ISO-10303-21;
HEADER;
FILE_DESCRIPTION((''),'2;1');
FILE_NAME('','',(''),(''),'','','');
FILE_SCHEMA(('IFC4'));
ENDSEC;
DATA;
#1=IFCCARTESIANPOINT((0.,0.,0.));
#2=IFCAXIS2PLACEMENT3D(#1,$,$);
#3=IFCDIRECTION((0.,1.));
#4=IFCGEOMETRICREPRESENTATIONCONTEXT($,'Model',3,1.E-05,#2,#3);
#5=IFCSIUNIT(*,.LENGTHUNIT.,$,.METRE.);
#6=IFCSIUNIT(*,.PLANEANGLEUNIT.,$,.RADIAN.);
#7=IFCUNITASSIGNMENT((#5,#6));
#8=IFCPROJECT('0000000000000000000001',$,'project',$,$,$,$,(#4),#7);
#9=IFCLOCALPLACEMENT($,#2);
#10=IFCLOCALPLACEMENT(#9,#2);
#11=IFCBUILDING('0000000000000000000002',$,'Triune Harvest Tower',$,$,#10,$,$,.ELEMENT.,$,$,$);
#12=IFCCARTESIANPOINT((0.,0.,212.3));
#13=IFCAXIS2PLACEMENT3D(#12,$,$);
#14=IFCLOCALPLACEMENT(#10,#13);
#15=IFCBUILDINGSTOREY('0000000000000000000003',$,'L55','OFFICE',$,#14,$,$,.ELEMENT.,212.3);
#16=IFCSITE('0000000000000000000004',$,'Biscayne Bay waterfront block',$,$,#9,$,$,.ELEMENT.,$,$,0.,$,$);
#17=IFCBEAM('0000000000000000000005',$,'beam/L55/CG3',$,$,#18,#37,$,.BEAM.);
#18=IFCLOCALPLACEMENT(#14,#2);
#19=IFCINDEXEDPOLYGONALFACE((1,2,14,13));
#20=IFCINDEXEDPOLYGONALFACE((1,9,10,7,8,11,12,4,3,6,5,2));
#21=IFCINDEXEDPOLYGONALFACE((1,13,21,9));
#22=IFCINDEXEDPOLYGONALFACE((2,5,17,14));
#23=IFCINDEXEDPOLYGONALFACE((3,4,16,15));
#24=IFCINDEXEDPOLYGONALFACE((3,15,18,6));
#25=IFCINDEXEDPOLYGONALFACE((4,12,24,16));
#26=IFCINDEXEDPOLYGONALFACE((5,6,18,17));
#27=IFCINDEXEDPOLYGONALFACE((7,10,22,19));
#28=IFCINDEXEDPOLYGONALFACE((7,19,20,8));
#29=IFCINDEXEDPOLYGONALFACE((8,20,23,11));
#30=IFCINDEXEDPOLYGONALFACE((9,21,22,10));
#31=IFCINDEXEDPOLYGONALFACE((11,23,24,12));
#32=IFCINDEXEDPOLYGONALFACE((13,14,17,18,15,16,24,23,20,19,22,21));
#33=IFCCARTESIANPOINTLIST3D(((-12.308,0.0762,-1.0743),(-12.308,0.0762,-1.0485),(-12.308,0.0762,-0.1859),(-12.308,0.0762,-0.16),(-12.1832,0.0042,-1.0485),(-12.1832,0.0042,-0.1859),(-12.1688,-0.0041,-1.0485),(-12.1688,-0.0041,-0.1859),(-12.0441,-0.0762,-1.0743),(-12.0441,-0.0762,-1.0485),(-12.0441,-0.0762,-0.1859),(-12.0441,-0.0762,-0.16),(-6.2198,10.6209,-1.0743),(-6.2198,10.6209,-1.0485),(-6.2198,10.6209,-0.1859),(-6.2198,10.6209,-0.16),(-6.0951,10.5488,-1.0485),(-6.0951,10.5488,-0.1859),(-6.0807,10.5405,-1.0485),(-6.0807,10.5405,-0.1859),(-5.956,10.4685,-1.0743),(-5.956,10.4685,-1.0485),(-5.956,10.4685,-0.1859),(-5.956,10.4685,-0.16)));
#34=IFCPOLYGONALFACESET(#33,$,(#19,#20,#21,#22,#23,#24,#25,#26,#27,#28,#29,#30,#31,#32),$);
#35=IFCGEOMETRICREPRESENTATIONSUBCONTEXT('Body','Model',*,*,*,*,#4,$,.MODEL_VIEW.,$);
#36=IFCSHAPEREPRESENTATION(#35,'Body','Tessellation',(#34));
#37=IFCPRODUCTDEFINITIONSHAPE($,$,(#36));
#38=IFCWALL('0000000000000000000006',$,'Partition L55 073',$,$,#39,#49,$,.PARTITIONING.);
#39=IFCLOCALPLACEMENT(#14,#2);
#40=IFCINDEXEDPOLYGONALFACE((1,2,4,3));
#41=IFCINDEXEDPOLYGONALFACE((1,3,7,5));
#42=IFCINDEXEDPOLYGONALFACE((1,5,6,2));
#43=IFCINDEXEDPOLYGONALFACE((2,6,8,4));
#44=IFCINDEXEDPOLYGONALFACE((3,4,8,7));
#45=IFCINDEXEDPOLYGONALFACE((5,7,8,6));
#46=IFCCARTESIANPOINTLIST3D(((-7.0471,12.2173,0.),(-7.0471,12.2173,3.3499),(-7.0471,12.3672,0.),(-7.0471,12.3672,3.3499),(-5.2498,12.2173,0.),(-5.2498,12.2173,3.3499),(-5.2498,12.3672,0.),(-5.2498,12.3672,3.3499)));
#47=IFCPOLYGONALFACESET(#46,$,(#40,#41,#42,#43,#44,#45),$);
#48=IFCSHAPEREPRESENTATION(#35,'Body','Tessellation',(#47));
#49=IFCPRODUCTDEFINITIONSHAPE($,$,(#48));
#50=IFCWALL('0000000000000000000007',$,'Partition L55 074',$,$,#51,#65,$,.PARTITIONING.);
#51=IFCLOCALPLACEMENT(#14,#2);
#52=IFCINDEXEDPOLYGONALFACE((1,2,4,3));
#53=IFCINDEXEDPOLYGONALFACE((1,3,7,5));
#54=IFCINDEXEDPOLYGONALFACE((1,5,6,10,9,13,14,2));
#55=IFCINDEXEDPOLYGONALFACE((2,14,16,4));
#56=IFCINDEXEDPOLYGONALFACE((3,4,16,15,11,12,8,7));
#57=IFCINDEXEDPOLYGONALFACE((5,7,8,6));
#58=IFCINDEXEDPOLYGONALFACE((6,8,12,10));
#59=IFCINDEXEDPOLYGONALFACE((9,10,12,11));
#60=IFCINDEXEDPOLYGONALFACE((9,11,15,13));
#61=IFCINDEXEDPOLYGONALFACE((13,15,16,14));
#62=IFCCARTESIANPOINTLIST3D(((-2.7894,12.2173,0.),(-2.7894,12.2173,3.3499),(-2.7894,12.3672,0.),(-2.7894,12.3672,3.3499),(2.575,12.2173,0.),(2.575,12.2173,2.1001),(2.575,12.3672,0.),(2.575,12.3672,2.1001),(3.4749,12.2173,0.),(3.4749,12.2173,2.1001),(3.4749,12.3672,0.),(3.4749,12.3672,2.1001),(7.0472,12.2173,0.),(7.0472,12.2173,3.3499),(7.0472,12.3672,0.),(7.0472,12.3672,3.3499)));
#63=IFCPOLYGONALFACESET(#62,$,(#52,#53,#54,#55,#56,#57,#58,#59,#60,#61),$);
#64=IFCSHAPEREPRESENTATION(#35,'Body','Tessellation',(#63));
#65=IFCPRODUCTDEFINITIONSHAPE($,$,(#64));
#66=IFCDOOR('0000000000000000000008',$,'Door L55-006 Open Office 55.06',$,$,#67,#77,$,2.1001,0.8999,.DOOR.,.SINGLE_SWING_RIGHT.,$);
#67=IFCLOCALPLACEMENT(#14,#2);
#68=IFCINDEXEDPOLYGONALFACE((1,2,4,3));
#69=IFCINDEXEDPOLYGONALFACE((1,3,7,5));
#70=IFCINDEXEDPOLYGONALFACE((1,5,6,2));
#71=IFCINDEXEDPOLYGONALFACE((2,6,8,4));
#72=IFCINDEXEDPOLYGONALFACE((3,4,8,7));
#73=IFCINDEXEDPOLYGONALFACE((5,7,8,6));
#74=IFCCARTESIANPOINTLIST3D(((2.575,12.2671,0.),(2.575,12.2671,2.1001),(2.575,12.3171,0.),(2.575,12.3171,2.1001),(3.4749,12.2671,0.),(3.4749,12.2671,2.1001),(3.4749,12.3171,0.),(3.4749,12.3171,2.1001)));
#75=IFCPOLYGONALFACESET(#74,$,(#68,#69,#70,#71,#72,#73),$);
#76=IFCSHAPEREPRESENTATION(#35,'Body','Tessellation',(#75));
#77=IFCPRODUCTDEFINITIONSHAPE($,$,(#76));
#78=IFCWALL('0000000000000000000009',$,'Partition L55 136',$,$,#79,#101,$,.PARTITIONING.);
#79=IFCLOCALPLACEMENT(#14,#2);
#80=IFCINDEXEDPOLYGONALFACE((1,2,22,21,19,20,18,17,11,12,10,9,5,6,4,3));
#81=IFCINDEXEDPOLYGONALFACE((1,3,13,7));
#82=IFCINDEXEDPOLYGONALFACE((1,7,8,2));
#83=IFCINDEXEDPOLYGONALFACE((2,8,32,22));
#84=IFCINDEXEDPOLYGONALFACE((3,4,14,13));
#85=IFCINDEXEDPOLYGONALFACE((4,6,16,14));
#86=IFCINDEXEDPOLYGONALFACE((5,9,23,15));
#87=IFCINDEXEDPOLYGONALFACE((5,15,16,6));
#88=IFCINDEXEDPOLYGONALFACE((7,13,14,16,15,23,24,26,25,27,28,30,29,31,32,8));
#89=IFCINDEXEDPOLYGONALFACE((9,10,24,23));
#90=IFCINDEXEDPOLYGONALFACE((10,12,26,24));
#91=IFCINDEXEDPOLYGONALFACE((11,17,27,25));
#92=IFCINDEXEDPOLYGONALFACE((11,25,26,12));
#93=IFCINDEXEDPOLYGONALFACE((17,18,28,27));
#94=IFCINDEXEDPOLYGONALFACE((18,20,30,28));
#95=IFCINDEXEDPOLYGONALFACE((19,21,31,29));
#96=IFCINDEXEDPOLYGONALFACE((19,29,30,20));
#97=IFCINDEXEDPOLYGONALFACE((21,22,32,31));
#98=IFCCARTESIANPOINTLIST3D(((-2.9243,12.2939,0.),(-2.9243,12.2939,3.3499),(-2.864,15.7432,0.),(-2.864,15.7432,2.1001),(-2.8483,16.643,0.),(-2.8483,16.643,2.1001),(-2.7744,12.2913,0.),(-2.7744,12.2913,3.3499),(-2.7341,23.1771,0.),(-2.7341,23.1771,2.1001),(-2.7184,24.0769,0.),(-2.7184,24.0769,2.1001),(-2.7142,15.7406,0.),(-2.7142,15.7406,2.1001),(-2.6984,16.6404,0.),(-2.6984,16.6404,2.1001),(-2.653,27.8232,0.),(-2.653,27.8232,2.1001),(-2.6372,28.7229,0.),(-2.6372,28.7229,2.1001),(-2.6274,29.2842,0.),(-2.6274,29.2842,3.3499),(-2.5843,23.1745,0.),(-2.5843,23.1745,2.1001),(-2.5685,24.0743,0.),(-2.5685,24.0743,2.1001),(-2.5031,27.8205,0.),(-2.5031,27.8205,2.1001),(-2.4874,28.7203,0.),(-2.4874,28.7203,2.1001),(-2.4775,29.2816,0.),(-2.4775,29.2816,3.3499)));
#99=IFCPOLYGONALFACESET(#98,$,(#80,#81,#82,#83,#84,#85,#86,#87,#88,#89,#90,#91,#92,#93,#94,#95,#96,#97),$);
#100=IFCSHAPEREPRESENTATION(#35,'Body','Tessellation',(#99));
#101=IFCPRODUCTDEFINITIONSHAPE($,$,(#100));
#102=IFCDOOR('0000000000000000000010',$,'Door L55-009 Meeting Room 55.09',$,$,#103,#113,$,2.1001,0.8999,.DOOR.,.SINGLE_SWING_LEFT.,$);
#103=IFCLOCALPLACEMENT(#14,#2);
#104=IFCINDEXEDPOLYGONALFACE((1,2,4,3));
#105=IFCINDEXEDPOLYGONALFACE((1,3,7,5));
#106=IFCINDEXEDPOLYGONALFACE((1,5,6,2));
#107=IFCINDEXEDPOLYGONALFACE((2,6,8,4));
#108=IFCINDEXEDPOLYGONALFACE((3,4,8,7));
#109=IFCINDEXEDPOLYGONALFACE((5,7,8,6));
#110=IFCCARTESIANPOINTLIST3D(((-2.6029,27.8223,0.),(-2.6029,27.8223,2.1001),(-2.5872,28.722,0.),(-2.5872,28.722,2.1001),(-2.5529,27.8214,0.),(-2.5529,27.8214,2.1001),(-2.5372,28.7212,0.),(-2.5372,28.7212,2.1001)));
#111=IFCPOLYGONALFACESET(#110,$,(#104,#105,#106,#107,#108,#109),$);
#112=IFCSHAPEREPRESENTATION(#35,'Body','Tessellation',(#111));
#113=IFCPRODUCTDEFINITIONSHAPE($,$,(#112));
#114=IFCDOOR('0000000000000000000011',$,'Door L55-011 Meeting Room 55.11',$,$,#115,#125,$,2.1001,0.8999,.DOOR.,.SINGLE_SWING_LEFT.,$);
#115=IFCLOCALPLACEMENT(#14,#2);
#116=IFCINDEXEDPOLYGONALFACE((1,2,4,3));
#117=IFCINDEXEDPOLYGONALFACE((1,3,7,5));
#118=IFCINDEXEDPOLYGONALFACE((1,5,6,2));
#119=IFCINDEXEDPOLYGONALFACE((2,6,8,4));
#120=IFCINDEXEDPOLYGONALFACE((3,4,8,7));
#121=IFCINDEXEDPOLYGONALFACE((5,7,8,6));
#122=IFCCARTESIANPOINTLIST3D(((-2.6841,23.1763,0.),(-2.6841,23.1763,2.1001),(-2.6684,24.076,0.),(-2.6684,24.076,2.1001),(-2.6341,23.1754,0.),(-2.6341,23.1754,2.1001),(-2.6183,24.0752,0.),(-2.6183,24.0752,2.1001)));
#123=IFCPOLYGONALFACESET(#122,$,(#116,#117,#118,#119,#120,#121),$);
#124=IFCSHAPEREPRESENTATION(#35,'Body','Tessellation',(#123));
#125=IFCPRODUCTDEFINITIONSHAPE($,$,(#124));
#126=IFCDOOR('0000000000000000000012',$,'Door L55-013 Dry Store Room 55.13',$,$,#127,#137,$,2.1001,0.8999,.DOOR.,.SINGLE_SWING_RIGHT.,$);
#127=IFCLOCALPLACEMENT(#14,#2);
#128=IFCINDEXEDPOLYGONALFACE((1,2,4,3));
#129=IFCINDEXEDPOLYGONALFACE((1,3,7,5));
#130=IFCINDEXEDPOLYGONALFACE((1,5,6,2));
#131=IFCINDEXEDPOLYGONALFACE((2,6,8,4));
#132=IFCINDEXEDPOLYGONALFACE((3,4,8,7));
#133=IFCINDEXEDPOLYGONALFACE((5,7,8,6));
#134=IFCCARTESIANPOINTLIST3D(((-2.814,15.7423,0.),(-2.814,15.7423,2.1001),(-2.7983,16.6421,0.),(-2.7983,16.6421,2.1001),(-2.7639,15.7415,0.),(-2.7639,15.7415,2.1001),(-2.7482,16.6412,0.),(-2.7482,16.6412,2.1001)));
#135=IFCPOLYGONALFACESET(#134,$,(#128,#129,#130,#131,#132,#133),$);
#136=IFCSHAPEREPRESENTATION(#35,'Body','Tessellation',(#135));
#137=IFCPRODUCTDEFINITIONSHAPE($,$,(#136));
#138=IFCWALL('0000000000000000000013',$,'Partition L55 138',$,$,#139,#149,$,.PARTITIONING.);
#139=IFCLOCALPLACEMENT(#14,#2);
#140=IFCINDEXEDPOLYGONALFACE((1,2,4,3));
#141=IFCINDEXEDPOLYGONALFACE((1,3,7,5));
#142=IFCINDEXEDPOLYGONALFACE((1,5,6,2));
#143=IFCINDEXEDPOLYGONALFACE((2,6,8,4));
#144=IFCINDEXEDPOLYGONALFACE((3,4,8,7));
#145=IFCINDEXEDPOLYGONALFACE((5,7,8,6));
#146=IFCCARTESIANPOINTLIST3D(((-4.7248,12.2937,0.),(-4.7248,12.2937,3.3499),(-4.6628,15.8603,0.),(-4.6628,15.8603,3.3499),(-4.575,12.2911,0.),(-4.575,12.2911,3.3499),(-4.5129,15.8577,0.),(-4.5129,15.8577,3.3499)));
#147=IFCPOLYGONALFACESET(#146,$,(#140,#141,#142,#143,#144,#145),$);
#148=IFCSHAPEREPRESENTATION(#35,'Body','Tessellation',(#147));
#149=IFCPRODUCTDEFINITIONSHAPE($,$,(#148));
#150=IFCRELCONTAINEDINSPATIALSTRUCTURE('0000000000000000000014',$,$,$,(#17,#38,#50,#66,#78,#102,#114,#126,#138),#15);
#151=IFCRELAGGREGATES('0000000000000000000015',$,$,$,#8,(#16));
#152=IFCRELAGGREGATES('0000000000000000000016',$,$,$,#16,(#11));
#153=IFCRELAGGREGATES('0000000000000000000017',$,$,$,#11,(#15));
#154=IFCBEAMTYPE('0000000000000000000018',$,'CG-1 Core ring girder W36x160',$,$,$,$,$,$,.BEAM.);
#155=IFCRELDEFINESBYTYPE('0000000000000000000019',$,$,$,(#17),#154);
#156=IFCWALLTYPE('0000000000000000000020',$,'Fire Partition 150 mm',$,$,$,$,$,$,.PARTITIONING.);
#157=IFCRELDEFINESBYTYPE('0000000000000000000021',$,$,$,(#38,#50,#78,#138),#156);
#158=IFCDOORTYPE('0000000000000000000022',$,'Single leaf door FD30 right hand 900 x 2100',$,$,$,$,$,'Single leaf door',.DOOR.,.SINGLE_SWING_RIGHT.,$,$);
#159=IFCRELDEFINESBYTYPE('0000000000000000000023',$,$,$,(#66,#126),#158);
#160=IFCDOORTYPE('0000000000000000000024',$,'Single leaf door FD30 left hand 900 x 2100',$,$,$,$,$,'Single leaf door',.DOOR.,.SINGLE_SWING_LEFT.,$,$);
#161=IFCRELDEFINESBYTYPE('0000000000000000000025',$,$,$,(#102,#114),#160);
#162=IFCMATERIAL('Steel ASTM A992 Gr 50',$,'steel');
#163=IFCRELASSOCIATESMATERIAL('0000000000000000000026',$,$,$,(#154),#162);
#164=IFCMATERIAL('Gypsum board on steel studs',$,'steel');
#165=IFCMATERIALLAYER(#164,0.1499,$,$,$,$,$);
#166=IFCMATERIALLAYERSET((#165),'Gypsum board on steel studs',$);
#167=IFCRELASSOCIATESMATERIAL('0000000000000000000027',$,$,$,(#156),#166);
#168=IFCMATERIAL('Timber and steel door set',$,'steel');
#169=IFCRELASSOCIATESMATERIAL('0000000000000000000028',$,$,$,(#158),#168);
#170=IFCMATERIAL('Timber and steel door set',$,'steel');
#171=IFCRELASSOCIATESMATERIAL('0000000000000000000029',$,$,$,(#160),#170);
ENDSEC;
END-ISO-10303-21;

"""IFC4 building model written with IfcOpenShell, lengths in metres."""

from ifc_helpers import new_model, si_unit, direction, frame, frame_2d, origin, origin_2d, place, context, subcontext, project, spatial, rectangle, i_section, extrude, source, transform, mapped, material, layer, layer_set, material_profile, profile_set, type_object, element, fill, save


model = new_model("IFC4")

# Units and contexts
model_context = context("Model", 3, precision=1e-05, world=origin(), true_north=direction((0.0, 1.0)))
body_context = subcontext(model_context, "Body", "Model", "MODEL_VIEW")
ifc_project = project(units=[si_unit("LENGTHUNIT", "METRE"), si_unit("PLANEANGLEUNIT", "RADIAN")], contexts=[model_context])

# Site, building, storey
site_placement = place(None, origin())
site = spatial("IfcSite", under=ifc_project, at=site_placement, Name="Biscayne Bay waterfront block", CompositionType="ELEMENT", RefElevation=0.0)
building_placement = place(site_placement, origin())
building = spatial("IfcBuilding", under=site, at=building_placement, Name="Triune Harvest Tower", CompositionType="ELEMENT")
storey_placement = place(building_placement, frame((0.0, 0.0, 212.3)))
storey = spatial("IfcBuildingStorey", under=building, at=storey_placement, Name="L55", Description="OFFICE", CompositionType="ELEMENT", Elevation=212.3)

# Beam
ifc_material_1 = material(Name="Steel ASTM A992 Gr 50", Category="steel")
ifc_material_profile = material_profile(ifc_material_1, i_section(OverallWidth=0.3047, OverallDepth=0.9143, WebThickness=0.0166, FlangeThickness=0.0259, at=origin_2d()), Name="W36x160")
ifc_profile_set = profile_set([ifc_material_profile], Name="Steel ASTM A992 Gr 50")
beam_type = type_object("IfcBeamType", Name="CG-1 Core ring girder W36x160", PredefinedType="BEAM", material=ifc_profile_set)
shared_shape_1 = source(origin(), body_context, "Body", "SweptSolid", [
    extrude(i_section(OverallWidth=0.3047, OverallDepth=0.9143, WebThickness=0.0166, FlangeThickness=0.0259, at=origin_2d()), origin(), (0.0, 0.0, 1.0), 12.176),
])
beam_placement = place(storey_placement, frame((-6.0879, 10.5447, -0.6172), z_axis=(-0.50001, -0.86602, 0.0), x_axis=(0.86602, -0.50001, 0.0)))
element("IfcBeam", 1, at=beam_placement, inside=storey, type_object=beam_type, Name="beam/L55/CG3", PredefinedType="BEAM", context=body_context, shape_type="MappedRepresentation", body=[
    mapped(shared_shape_1, transform((0.0, 0.0, 0.0), scale=1.0)),
])

# Wall
ifc_material_2 = material(Name="Gypsum board on steel studs", Category="steel")
ifc_layer_1 = layer(ifc_material_2, 0.1499)
ifc_layer_set_1 = layer_set([ifc_layer_1], Name="Gypsum board on steel studs")
wall_type_1 = type_object("IfcWallType", Name="Fire Partition 150 mm", PredefinedType="PARTITIONING", material=ifc_layer_set_1)
wall_1_placement = place(storey_placement, frame((-7.0471, 12.2922, 0.0), z_axis=(0.0, 0.0, 1.0), x_axis=(1.0, 0.0, 0.0)))
element("IfcWall", 2, at=wall_1_placement, inside=storey, type_object=wall_type_1, Name="Partition L55 073", PredefinedType="PARTITIONING", context=body_context, shape_type="SweptSolid", body=[
    extrude(rectangle(XDim=1.7974, YDim=0.1499, at=frame_2d((0.8987, 0.0))), origin(), (0.0, 0.0, 1.0), 3.3499),
])

# Wall, opening, door
wall_2_placement = place(storey_placement, frame((-2.7896, 12.2922, 0.0), z_axis=(0.0, 0.0, 1.0), x_axis=(1.0, 0.0, 0.0)))
wall_2 = element("IfcWall", 3, at=wall_2_placement, inside=storey, type_object=wall_type_1, Name="Partition L55 074", PredefinedType="PARTITIONING", context=body_context, shape_type="SweptSolid", body=[
    extrude(rectangle(XDim=9.8367, YDim=0.1499, at=frame_2d((4.9185, 0.0))), origin(), (0.0, 0.0, 1.0), 3.3499),
])
opening_1_placement = place(wall_2_placement, frame((5.3645, 0.0, 0.0)))
opening_1 = element("IfcOpeningElement", 4, at=opening_1_placement, cuts=wall_2, PredefinedType="OPENING", context=body_context, shape_type="SweptSolid", body=[
    extrude(rectangle(XDim=0.8999, YDim=2.1001, at=frame_2d((0.45, 1.05))), frame((0.0, 0.085, 0.0), z_axis=(0.0, -1.0, 0.0), x_axis=(1.0, 0.0, 0.0)), (0.0, 0.0, 1.0), 0.1699),
])
ifc_material_3 = material(Name="Timber and steel door set", Category="steel")
door_type_1 = type_object("IfcDoorType", Name="Single leaf door FD30 right hand 900 x 2100", ElementType="Single leaf door", OperationType="SINGLE_SWING_RIGHT", PredefinedType="DOOR", material=ifc_material_3)
door_1_placement = place(opening_1_placement, origin())
door_1 = element("IfcDoor", 5, at=door_1_placement, inside=storey, type_object=door_type_1, Name="Door L55-006 Open Office 55.06", OperationType="SINGLE_SWING_RIGHT", OverallHeight=2.1001, OverallWidth=0.8999, PredefinedType="DOOR", context=body_context, shape_type="SweptSolid", body=[
    extrude(rectangle(XDim=0.8999, YDim=2.1001, at=frame_2d((0.45, 1.05))), frame((0.0, 0.0249, 0.0), z_axis=(0.0, -1.0, 0.0), x_axis=(1.0, 0.0, 0.0)), (0.0, 0.0, 1.0), 0.05),
])
fill(opening_1, door_1)

# Wall, openings, doors
wall_3_placement = place(storey_placement, frame((-2.8494, 12.2925, 0.0), z_axis=(0.0, 0.0, 1.0), x_axis=(0.017471, 0.999847, 0.0)))
wall_3 = element("IfcWall", 6, at=wall_3_placement, inside=storey, type_object=wall_type_1, Name="Partition L55 136", PredefinedType="PARTITIONING", context=body_context, shape_type="SweptSolid", body=[
    extrude(rectangle(XDim=16.9929, YDim=0.1499, at=frame_2d((8.4966, 0.0))), origin(), (0.0, 0.0, 1.0), 3.3499),
])
opening_2_placement = place(wall_3_placement, frame((15.5317, 0.0, 0.0)))
opening_2 = element("IfcOpeningElement", 7, at=opening_2_placement, cuts=wall_3, PredefinedType="OPENING", context=body_context, shape_type="SweptSolid", body=[
    extrude(rectangle(XDim=0.8999, YDim=2.1001, at=frame_2d((0.45, 1.05))), frame((0.0, 0.085, 0.0), z_axis=(0.0, -1.0, 0.0), x_axis=(1.0, 0.0, 0.0)), (0.0, 0.0, 1.0), 0.1699),
])
opening_3_placement = place(wall_3_placement, frame((10.885, 0.0, 0.0)))
opening_3 = element("IfcOpeningElement", 8, at=opening_3_placement, cuts=wall_3, PredefinedType="OPENING", context=body_context, shape_type="SweptSolid", body=[
    extrude(rectangle(XDim=0.8999, YDim=2.1001, at=frame_2d((0.45, 1.05))), frame((0.0, 0.085, 0.0), z_axis=(0.0, -1.0, 0.0), x_axis=(1.0, 0.0, 0.0)), (0.0, 0.0, 1.0), 0.1699),
])
opening_4_placement = place(wall_3_placement, frame((3.45, 0.0, 0.0)))
opening_4 = element("IfcOpeningElement", 9, at=opening_4_placement, cuts=wall_3, PredefinedType="OPENING", context=body_context, shape_type="SweptSolid", body=[
    extrude(rectangle(XDim=0.8999, YDim=2.1001, at=frame_2d((0.45, 1.05))), frame((0.0, 0.085, 0.0), z_axis=(0.0, -1.0, 0.0), x_axis=(1.0, 0.0, 0.0)), (0.0, 0.0, 1.0), 0.1699),
])
ifc_material_4 = material(Name="Timber and steel door set", Category="steel")
door_type_2 = type_object("IfcDoorType", Name="Single leaf door FD30 left hand 900 x 2100", ElementType="Single leaf door", OperationType="SINGLE_SWING_LEFT", PredefinedType="DOOR", material=ifc_material_4)
door_2_placement = place(opening_2_placement, origin())
door_2 = element("IfcDoor", 10, at=door_2_placement, inside=storey, type_object=door_type_2, Name="Door L55-009 Meeting Room 55.09", OperationType="SINGLE_SWING_LEFT", OverallHeight=2.1001, OverallWidth=0.8999, PredefinedType="DOOR", context=body_context, shape_type="SweptSolid", body=[
    extrude(rectangle(XDim=0.8999, YDim=2.1001, at=frame_2d((0.45, 1.05))), frame((0.0, 0.0249, 0.0), z_axis=(0.0, -1.0, 0.0), x_axis=(1.0, 0.0, 0.0)), (0.0, 0.0, 1.0), 0.05),
])
fill(opening_2, door_2)
door_3_placement = place(opening_3_placement, origin())
door_3 = element("IfcDoor", 11, at=door_3_placement, inside=storey, type_object=door_type_2, Name="Door L55-011 Meeting Room 55.11", OperationType="SINGLE_SWING_LEFT", OverallHeight=2.1001, OverallWidth=0.8999, PredefinedType="DOOR", context=body_context, shape_type="SweptSolid", body=[
    extrude(rectangle(XDim=0.8999, YDim=2.1001, at=frame_2d((0.45, 1.05))), frame((0.0, 0.0249, 0.0), z_axis=(0.0, -1.0, 0.0), x_axis=(1.0, 0.0, 0.0)), (0.0, 0.0, 1.0), 0.05),
])
fill(opening_3, door_3)
door_4_placement = place(opening_4_placement, origin())
door_4 = element("IfcDoor", 12, at=door_4_placement, inside=storey, type_object=door_type_1, Name="Door L55-013 Dry Store Room 55.13", OperationType="SINGLE_SWING_RIGHT", OverallHeight=2.1001, OverallWidth=0.8999, PredefinedType="DOOR", context=body_context, shape_type="SweptSolid", body=[
    extrude(rectangle(XDim=0.8999, YDim=2.1001, at=frame_2d((0.45, 1.05))), frame((0.0, 0.0249, 0.0), z_axis=(0.0, -1.0, 0.0), x_axis=(1.0, 0.0, 0.0)), (0.0, 0.0, 1.0), 0.05),
])
fill(opening_4, door_4)

# Wall
wall_4_placement = place(storey_placement, frame((-4.6499, 12.2922, 0.0), z_axis=(0.0, 0.0, 1.0), x_axis=(0.017384, 0.999849, 0.0)))
element("IfcWall", 13, at=wall_4_placement, inside=storey, type_object=wall_type_1, Name="Partition L55 138", PredefinedType="PARTITIONING", context=body_context, shape_type="SweptSolid", body=[
    extrude(rectangle(XDim=3.5671, YDim=0.1499, at=frame_2d((1.7837, 0.0))), origin(), (0.0, 0.0, 1.0), 3.3499),
])

save(model, "model.ifc")
